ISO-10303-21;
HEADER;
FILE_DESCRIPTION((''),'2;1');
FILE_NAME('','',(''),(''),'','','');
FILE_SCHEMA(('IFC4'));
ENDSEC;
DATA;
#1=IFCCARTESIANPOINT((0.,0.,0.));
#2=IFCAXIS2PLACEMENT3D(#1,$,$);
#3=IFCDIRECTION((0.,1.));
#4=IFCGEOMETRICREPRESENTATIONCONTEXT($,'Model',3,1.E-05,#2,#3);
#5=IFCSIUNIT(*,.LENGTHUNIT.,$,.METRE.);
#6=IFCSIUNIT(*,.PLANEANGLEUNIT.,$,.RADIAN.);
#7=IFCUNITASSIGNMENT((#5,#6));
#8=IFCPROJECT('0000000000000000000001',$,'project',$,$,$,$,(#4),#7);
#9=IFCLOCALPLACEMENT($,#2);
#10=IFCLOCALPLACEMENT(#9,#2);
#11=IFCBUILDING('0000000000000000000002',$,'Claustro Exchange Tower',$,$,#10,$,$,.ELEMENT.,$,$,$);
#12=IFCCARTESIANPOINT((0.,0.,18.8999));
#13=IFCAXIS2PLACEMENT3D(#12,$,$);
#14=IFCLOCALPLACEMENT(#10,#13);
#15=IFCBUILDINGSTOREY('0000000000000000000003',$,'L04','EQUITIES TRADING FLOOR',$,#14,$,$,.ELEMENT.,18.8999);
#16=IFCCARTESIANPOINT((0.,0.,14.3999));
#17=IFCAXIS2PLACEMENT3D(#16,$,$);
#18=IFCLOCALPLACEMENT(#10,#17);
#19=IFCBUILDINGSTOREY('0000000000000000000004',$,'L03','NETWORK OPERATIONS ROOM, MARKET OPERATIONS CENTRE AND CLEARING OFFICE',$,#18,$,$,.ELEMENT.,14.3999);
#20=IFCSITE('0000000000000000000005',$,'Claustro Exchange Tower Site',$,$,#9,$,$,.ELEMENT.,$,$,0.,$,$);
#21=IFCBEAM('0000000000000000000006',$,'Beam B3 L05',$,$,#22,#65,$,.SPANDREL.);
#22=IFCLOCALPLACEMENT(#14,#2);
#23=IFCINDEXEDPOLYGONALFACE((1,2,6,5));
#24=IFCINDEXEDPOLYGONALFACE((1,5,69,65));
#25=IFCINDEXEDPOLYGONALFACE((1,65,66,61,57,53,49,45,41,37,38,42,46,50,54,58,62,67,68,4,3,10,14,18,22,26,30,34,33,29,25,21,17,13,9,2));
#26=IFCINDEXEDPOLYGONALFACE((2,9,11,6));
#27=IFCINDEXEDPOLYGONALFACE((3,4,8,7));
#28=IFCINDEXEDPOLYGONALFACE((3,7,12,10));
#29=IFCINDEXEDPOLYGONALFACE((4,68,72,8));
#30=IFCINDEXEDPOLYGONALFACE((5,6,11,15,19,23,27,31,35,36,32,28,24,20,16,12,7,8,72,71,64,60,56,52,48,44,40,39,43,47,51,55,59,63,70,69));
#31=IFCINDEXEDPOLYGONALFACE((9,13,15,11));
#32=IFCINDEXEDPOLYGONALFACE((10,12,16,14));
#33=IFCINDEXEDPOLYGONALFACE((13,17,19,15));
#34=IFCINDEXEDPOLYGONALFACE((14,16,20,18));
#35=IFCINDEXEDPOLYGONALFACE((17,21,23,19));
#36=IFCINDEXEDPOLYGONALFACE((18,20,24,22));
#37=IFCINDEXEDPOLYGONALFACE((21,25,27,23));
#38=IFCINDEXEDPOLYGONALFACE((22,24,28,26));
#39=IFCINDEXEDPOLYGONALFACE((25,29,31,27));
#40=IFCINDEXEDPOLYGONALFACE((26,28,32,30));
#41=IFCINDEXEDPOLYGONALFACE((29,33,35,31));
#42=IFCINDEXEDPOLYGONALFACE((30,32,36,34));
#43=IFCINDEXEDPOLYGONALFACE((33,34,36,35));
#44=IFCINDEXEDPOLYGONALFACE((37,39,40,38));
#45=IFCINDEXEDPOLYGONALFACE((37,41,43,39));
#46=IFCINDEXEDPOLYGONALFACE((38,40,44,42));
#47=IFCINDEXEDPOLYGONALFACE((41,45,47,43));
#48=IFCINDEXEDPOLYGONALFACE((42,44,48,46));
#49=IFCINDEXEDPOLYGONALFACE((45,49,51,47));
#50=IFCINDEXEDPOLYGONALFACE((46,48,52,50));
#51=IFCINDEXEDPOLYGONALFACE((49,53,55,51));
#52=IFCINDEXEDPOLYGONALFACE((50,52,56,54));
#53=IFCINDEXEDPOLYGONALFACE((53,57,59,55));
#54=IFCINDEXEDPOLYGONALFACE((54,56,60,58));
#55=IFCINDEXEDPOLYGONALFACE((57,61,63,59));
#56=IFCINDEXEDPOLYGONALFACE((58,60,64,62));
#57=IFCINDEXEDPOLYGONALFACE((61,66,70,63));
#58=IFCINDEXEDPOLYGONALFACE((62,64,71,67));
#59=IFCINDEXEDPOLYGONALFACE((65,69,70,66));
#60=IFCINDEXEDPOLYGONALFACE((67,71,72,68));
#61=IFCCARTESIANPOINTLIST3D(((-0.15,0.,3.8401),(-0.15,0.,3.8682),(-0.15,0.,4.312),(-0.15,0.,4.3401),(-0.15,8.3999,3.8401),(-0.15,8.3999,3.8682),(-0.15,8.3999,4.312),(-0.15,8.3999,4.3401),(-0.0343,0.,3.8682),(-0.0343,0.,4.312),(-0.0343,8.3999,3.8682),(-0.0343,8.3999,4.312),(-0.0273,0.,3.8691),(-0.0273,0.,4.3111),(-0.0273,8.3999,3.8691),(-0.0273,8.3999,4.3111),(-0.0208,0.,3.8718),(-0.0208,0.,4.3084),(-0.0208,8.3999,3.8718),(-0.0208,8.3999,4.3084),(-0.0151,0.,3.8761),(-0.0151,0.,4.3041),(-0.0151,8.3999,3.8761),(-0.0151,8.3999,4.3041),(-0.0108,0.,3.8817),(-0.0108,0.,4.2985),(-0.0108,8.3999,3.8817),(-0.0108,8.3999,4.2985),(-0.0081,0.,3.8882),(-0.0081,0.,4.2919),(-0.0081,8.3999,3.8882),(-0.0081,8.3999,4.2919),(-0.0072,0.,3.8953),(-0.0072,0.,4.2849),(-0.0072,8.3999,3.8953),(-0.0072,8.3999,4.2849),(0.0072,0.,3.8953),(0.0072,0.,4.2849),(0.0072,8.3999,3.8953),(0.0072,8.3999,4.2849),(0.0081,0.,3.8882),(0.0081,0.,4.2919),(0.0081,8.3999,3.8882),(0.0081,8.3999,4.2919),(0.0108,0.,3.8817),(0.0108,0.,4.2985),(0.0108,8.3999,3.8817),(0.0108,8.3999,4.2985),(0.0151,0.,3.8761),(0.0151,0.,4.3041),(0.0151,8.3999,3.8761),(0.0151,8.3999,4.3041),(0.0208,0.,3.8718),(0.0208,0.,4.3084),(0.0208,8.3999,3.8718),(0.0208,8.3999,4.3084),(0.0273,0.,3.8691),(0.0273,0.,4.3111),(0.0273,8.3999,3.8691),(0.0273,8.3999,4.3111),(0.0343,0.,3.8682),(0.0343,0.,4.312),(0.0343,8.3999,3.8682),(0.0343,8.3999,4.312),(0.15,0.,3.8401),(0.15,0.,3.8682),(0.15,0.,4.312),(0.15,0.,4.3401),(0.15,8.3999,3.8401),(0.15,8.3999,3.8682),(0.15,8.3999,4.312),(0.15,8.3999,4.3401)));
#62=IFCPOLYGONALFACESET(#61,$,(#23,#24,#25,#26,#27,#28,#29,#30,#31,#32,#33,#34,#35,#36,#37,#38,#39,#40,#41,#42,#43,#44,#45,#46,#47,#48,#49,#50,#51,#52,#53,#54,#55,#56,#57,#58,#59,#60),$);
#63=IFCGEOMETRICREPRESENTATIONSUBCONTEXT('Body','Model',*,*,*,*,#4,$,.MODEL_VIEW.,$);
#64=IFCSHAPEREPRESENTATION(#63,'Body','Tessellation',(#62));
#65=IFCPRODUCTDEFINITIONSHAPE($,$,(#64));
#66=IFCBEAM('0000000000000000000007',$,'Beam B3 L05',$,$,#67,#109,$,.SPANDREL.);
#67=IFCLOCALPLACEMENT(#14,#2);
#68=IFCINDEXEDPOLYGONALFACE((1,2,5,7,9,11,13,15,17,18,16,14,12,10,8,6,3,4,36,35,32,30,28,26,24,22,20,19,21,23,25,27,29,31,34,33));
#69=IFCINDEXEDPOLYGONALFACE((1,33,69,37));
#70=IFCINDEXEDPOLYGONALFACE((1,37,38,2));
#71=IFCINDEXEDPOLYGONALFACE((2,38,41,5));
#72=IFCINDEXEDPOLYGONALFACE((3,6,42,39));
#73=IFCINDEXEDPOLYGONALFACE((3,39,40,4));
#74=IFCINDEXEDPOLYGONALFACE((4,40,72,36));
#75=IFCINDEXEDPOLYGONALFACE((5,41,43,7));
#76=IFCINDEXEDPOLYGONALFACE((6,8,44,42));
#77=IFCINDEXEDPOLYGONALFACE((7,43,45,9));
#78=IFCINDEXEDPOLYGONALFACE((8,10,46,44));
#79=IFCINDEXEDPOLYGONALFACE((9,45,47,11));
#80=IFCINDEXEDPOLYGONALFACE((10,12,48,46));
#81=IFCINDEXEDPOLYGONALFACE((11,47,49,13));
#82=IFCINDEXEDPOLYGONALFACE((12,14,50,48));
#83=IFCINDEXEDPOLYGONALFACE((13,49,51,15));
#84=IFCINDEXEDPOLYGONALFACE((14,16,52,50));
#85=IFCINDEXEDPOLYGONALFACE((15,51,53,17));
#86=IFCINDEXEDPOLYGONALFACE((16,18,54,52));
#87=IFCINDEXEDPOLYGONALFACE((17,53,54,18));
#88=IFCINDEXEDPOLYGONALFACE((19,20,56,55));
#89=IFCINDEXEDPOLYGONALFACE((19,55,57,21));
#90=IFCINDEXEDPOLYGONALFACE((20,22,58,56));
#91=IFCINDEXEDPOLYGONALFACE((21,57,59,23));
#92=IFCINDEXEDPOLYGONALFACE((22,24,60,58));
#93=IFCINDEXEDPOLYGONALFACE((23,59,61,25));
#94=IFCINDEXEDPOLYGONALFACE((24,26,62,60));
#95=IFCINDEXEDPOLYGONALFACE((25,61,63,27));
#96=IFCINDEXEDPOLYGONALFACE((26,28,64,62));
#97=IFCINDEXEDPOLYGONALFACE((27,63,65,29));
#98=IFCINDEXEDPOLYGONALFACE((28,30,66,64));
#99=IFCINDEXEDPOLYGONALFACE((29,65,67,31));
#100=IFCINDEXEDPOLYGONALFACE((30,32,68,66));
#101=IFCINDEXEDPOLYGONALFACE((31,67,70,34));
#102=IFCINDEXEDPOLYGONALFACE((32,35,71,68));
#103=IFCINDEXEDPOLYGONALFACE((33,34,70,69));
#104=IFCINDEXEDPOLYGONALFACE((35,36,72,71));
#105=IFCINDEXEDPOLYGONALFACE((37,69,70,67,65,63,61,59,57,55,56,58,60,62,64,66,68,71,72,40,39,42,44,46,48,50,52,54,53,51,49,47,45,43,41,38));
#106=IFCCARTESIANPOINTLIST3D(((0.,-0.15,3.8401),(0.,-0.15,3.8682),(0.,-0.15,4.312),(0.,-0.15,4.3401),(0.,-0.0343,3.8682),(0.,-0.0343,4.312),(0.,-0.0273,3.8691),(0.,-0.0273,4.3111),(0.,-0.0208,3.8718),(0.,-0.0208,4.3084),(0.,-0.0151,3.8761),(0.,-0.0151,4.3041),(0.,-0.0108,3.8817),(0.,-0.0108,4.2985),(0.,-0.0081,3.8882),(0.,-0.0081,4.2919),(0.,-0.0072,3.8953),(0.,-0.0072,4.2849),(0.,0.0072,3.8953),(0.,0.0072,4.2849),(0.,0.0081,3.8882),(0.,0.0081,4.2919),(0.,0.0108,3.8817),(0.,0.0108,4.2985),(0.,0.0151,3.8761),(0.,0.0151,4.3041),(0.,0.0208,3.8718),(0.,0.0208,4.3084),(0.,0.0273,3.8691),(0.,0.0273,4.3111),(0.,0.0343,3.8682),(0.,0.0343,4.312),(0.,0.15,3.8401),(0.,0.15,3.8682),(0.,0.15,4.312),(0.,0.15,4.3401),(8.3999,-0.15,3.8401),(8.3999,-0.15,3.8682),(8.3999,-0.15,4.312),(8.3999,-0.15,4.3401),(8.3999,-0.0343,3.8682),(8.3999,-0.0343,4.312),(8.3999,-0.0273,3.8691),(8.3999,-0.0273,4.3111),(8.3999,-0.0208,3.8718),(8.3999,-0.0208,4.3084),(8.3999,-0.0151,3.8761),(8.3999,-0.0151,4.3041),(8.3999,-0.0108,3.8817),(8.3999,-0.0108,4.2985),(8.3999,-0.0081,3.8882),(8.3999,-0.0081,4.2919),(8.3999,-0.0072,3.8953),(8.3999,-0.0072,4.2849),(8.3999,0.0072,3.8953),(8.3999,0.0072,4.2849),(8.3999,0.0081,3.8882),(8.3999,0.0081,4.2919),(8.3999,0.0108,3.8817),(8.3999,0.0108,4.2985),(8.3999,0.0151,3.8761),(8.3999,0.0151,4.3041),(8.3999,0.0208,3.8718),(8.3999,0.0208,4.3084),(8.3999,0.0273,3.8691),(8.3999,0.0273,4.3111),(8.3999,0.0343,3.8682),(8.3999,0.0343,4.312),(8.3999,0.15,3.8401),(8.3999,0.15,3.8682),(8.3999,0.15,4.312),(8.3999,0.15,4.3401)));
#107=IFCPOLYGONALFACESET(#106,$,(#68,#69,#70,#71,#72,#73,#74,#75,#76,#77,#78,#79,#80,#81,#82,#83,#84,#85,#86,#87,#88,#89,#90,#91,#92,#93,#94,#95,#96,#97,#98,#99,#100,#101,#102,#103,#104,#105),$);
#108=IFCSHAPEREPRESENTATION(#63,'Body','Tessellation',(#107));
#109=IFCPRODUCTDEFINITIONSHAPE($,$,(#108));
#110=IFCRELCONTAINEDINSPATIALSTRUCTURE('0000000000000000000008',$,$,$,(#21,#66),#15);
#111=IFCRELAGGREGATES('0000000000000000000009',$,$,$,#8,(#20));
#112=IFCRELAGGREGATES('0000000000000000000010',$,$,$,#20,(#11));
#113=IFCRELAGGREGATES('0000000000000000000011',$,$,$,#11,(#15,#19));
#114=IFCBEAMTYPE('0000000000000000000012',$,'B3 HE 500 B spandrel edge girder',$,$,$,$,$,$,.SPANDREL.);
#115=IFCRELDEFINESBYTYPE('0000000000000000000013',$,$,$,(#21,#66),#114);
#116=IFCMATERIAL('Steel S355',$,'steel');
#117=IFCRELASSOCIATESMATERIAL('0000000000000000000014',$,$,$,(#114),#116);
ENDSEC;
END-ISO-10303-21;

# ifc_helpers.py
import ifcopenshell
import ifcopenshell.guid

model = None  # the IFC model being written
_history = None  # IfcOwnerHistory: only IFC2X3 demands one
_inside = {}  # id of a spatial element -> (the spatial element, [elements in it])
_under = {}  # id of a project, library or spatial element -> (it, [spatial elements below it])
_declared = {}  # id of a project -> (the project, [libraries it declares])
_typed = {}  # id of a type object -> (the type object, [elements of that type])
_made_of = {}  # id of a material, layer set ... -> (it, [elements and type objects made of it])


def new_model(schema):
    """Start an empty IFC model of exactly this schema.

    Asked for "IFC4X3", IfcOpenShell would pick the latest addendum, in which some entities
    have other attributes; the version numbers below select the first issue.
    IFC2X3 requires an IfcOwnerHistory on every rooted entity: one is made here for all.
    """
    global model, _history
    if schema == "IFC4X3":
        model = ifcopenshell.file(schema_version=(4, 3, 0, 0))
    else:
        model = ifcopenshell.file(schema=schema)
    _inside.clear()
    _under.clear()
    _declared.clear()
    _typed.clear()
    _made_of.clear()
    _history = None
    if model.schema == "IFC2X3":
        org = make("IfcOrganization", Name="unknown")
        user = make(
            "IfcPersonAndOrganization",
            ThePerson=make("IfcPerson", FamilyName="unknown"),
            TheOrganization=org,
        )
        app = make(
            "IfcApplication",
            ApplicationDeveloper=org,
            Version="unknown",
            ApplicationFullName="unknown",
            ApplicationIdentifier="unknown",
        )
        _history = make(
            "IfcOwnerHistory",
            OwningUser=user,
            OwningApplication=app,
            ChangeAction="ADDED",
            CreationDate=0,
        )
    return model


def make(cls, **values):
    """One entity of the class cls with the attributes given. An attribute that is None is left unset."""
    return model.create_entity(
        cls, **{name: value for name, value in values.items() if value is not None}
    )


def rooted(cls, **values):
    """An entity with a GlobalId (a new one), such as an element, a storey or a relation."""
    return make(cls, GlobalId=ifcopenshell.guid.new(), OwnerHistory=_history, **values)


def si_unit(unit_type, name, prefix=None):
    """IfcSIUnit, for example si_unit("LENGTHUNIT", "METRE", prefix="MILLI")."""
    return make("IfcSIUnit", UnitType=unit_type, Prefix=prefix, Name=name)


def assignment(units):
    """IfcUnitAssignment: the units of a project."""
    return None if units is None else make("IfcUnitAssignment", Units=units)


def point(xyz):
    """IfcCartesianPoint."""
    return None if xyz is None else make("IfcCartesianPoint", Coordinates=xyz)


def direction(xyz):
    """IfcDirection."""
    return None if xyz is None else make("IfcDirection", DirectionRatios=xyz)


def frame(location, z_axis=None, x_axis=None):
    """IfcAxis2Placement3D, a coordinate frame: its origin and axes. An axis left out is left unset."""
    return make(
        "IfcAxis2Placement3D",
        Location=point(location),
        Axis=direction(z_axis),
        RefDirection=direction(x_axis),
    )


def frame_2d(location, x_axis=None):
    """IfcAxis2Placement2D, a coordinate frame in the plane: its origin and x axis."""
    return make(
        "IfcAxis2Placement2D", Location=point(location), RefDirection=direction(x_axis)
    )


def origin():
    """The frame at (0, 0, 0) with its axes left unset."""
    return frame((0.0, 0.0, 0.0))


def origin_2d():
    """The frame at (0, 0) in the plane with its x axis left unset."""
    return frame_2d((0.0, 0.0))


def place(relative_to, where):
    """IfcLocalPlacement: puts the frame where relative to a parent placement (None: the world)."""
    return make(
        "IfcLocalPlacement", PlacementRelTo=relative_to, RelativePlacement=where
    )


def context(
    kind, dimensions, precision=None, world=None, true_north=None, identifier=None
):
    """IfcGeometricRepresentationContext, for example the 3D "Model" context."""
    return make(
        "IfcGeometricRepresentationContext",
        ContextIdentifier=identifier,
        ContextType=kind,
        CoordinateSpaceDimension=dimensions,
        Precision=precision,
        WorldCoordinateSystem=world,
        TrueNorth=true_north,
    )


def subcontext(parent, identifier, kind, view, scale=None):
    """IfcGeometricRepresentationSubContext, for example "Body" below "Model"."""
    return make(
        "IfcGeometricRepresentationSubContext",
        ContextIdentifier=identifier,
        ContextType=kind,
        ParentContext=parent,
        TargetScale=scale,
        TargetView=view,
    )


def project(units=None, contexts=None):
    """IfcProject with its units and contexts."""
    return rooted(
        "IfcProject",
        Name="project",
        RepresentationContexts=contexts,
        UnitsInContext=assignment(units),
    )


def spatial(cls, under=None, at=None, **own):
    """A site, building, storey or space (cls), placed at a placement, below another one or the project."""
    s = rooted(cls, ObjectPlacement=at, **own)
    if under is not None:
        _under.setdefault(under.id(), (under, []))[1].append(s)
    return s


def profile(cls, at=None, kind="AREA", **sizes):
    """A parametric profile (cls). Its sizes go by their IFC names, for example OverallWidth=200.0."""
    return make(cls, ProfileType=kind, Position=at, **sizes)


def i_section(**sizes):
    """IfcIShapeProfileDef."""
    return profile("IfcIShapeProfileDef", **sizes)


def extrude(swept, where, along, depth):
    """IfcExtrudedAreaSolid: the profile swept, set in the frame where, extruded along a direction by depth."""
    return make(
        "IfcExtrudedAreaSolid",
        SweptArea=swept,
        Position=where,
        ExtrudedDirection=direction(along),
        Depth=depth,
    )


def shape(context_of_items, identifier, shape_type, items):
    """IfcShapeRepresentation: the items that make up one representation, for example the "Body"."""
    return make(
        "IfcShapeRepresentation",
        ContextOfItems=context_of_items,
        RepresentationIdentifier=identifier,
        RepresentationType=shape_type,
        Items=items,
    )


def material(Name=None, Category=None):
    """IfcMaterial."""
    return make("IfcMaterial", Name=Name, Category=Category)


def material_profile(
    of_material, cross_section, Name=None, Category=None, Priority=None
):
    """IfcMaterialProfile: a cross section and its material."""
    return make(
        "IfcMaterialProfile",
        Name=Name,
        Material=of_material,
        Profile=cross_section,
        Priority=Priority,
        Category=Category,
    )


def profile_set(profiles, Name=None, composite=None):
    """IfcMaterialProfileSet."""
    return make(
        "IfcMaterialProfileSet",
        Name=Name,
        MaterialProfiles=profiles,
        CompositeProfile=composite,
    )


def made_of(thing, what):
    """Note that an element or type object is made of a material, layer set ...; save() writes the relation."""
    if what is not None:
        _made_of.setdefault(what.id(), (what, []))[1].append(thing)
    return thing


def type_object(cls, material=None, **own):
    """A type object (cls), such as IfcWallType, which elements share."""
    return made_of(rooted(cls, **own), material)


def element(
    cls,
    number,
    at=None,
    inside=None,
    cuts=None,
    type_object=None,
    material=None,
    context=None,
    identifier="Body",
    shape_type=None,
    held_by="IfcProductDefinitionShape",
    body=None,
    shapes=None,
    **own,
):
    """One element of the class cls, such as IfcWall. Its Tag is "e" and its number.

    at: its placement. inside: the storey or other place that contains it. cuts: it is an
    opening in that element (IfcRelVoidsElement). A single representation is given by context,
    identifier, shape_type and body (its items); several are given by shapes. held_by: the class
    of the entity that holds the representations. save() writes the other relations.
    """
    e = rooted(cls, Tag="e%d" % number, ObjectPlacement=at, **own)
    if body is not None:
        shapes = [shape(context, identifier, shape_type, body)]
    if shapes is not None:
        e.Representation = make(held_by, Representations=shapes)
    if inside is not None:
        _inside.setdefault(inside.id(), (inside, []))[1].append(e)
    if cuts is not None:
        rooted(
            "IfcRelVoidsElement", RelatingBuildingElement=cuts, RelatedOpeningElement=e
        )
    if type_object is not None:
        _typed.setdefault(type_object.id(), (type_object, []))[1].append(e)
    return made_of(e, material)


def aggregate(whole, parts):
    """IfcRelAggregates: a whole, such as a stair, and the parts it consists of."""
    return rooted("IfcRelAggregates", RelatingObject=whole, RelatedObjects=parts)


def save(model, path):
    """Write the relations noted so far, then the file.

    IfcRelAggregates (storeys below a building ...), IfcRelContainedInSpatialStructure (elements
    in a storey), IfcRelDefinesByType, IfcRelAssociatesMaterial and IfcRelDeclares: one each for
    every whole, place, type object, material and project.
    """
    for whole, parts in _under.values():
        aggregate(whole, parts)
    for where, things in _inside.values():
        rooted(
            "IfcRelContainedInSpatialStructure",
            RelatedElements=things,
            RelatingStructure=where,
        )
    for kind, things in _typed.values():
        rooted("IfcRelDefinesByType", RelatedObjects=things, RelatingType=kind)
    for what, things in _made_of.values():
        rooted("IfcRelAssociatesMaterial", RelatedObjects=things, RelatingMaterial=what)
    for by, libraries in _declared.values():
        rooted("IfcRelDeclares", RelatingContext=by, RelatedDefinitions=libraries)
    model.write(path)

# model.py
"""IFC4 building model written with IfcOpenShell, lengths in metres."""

from ifc_helpers import new_model, si_unit, direction, frame, origin, origin_2d, place, context, subcontext, project, spatial, i_section, extrude, material, material_profile, profile_set, type_object, element, save


model = new_model("IFC4")

# Units and contexts
model_context = context("Model", 3, precision=1e-05, world=origin(), true_north=direction((0.0, 1.0)))
body_context = subcontext(model_context, "Body", "Model", "MODEL_VIEW")
ifc_project = project(units=[si_unit("LENGTHUNIT", "METRE"), si_unit("PLANEANGLEUNIT", "RADIAN")], contexts=[model_context])

# Site, building, storey
site_placement = place(None, origin())
site = spatial("IfcSite", under=ifc_project, at=site_placement, Name="Claustro Exchange Tower Site", CompositionType="ELEMENT", RefElevation=0.0)
building_placement = place(site_placement, origin())
building = spatial("IfcBuilding", under=site, at=building_placement, Name="Claustro Exchange Tower", CompositionType="ELEMENT")
storey_1_placement = place(building_placement, frame((0.0, 0.0, 18.8999)))
storey_1 = spatial("IfcBuildingStorey", under=building, at=storey_1_placement, Name="L04", Description="EQUITIES TRADING FLOOR", CompositionType="ELEMENT", Elevation=18.8999)

# Beams
ifc_material_1 = material(Name="Steel S355", Category="steel")
ifc_material_profile = material_profile(ifc_material_1, i_section(OverallWidth=0.3, OverallDepth=0.5, WebThickness=0.0144, FlangeThickness=0.0281, FilletRadius=0.0271, at=origin_2d()), Name="HE 500 B")
ifc_profile_set = profile_set([ifc_material_profile], Name="Steel S355")
beam_type = type_object("IfcBeamType", Name="B3 HE 500 B spandrel edge girder", PredefinedType="SPANDREL", material=ifc_profile_set)
for number, where, z_axis, x_axis, name in (
    (1, (0.0, 0.0, 4.0901), (0.0, 1.0, 0.0), (-1.0, 0.0, 0.0), "Beam B3 L05"),
    (2, (0.0, 0.0, 4.0901), (1.0, 0.0, 0.0), (0.0, 1.0, 0.0), "Beam B3 L05"),
):
    element("IfcBeam", number, at=place(storey_1_placement, frame(where, z_axis=z_axis, x_axis=x_axis)), inside=storey_1, type_object=beam_type, Name=name, PredefinedType="SPANDREL", context=body_context, shape_type="SweptSolid", body=[
        extrude(i_section(OverallWidth=0.3, OverallDepth=0.5, WebThickness=0.0144, FlangeThickness=0.0281, FilletRadius=0.0271, at=origin_2d()), origin(), (0.0, 0.0, 1.0), 8.3999),
    ])

# Shared definitions
storey_2_placement = place(building_placement, frame((0.0, 0.0, 14.3999)))
storey_2 = spatial("IfcBuildingStorey", under=building, at=storey_2_placement, Name="L03", Description="NETWORK OPERATIONS ROOM, MARKET OPERATIONS CENTRE AND CLEARING OFFICE", CompositionType="ELEMENT", Elevation=14.3999)

save(model, "model.ifc")
